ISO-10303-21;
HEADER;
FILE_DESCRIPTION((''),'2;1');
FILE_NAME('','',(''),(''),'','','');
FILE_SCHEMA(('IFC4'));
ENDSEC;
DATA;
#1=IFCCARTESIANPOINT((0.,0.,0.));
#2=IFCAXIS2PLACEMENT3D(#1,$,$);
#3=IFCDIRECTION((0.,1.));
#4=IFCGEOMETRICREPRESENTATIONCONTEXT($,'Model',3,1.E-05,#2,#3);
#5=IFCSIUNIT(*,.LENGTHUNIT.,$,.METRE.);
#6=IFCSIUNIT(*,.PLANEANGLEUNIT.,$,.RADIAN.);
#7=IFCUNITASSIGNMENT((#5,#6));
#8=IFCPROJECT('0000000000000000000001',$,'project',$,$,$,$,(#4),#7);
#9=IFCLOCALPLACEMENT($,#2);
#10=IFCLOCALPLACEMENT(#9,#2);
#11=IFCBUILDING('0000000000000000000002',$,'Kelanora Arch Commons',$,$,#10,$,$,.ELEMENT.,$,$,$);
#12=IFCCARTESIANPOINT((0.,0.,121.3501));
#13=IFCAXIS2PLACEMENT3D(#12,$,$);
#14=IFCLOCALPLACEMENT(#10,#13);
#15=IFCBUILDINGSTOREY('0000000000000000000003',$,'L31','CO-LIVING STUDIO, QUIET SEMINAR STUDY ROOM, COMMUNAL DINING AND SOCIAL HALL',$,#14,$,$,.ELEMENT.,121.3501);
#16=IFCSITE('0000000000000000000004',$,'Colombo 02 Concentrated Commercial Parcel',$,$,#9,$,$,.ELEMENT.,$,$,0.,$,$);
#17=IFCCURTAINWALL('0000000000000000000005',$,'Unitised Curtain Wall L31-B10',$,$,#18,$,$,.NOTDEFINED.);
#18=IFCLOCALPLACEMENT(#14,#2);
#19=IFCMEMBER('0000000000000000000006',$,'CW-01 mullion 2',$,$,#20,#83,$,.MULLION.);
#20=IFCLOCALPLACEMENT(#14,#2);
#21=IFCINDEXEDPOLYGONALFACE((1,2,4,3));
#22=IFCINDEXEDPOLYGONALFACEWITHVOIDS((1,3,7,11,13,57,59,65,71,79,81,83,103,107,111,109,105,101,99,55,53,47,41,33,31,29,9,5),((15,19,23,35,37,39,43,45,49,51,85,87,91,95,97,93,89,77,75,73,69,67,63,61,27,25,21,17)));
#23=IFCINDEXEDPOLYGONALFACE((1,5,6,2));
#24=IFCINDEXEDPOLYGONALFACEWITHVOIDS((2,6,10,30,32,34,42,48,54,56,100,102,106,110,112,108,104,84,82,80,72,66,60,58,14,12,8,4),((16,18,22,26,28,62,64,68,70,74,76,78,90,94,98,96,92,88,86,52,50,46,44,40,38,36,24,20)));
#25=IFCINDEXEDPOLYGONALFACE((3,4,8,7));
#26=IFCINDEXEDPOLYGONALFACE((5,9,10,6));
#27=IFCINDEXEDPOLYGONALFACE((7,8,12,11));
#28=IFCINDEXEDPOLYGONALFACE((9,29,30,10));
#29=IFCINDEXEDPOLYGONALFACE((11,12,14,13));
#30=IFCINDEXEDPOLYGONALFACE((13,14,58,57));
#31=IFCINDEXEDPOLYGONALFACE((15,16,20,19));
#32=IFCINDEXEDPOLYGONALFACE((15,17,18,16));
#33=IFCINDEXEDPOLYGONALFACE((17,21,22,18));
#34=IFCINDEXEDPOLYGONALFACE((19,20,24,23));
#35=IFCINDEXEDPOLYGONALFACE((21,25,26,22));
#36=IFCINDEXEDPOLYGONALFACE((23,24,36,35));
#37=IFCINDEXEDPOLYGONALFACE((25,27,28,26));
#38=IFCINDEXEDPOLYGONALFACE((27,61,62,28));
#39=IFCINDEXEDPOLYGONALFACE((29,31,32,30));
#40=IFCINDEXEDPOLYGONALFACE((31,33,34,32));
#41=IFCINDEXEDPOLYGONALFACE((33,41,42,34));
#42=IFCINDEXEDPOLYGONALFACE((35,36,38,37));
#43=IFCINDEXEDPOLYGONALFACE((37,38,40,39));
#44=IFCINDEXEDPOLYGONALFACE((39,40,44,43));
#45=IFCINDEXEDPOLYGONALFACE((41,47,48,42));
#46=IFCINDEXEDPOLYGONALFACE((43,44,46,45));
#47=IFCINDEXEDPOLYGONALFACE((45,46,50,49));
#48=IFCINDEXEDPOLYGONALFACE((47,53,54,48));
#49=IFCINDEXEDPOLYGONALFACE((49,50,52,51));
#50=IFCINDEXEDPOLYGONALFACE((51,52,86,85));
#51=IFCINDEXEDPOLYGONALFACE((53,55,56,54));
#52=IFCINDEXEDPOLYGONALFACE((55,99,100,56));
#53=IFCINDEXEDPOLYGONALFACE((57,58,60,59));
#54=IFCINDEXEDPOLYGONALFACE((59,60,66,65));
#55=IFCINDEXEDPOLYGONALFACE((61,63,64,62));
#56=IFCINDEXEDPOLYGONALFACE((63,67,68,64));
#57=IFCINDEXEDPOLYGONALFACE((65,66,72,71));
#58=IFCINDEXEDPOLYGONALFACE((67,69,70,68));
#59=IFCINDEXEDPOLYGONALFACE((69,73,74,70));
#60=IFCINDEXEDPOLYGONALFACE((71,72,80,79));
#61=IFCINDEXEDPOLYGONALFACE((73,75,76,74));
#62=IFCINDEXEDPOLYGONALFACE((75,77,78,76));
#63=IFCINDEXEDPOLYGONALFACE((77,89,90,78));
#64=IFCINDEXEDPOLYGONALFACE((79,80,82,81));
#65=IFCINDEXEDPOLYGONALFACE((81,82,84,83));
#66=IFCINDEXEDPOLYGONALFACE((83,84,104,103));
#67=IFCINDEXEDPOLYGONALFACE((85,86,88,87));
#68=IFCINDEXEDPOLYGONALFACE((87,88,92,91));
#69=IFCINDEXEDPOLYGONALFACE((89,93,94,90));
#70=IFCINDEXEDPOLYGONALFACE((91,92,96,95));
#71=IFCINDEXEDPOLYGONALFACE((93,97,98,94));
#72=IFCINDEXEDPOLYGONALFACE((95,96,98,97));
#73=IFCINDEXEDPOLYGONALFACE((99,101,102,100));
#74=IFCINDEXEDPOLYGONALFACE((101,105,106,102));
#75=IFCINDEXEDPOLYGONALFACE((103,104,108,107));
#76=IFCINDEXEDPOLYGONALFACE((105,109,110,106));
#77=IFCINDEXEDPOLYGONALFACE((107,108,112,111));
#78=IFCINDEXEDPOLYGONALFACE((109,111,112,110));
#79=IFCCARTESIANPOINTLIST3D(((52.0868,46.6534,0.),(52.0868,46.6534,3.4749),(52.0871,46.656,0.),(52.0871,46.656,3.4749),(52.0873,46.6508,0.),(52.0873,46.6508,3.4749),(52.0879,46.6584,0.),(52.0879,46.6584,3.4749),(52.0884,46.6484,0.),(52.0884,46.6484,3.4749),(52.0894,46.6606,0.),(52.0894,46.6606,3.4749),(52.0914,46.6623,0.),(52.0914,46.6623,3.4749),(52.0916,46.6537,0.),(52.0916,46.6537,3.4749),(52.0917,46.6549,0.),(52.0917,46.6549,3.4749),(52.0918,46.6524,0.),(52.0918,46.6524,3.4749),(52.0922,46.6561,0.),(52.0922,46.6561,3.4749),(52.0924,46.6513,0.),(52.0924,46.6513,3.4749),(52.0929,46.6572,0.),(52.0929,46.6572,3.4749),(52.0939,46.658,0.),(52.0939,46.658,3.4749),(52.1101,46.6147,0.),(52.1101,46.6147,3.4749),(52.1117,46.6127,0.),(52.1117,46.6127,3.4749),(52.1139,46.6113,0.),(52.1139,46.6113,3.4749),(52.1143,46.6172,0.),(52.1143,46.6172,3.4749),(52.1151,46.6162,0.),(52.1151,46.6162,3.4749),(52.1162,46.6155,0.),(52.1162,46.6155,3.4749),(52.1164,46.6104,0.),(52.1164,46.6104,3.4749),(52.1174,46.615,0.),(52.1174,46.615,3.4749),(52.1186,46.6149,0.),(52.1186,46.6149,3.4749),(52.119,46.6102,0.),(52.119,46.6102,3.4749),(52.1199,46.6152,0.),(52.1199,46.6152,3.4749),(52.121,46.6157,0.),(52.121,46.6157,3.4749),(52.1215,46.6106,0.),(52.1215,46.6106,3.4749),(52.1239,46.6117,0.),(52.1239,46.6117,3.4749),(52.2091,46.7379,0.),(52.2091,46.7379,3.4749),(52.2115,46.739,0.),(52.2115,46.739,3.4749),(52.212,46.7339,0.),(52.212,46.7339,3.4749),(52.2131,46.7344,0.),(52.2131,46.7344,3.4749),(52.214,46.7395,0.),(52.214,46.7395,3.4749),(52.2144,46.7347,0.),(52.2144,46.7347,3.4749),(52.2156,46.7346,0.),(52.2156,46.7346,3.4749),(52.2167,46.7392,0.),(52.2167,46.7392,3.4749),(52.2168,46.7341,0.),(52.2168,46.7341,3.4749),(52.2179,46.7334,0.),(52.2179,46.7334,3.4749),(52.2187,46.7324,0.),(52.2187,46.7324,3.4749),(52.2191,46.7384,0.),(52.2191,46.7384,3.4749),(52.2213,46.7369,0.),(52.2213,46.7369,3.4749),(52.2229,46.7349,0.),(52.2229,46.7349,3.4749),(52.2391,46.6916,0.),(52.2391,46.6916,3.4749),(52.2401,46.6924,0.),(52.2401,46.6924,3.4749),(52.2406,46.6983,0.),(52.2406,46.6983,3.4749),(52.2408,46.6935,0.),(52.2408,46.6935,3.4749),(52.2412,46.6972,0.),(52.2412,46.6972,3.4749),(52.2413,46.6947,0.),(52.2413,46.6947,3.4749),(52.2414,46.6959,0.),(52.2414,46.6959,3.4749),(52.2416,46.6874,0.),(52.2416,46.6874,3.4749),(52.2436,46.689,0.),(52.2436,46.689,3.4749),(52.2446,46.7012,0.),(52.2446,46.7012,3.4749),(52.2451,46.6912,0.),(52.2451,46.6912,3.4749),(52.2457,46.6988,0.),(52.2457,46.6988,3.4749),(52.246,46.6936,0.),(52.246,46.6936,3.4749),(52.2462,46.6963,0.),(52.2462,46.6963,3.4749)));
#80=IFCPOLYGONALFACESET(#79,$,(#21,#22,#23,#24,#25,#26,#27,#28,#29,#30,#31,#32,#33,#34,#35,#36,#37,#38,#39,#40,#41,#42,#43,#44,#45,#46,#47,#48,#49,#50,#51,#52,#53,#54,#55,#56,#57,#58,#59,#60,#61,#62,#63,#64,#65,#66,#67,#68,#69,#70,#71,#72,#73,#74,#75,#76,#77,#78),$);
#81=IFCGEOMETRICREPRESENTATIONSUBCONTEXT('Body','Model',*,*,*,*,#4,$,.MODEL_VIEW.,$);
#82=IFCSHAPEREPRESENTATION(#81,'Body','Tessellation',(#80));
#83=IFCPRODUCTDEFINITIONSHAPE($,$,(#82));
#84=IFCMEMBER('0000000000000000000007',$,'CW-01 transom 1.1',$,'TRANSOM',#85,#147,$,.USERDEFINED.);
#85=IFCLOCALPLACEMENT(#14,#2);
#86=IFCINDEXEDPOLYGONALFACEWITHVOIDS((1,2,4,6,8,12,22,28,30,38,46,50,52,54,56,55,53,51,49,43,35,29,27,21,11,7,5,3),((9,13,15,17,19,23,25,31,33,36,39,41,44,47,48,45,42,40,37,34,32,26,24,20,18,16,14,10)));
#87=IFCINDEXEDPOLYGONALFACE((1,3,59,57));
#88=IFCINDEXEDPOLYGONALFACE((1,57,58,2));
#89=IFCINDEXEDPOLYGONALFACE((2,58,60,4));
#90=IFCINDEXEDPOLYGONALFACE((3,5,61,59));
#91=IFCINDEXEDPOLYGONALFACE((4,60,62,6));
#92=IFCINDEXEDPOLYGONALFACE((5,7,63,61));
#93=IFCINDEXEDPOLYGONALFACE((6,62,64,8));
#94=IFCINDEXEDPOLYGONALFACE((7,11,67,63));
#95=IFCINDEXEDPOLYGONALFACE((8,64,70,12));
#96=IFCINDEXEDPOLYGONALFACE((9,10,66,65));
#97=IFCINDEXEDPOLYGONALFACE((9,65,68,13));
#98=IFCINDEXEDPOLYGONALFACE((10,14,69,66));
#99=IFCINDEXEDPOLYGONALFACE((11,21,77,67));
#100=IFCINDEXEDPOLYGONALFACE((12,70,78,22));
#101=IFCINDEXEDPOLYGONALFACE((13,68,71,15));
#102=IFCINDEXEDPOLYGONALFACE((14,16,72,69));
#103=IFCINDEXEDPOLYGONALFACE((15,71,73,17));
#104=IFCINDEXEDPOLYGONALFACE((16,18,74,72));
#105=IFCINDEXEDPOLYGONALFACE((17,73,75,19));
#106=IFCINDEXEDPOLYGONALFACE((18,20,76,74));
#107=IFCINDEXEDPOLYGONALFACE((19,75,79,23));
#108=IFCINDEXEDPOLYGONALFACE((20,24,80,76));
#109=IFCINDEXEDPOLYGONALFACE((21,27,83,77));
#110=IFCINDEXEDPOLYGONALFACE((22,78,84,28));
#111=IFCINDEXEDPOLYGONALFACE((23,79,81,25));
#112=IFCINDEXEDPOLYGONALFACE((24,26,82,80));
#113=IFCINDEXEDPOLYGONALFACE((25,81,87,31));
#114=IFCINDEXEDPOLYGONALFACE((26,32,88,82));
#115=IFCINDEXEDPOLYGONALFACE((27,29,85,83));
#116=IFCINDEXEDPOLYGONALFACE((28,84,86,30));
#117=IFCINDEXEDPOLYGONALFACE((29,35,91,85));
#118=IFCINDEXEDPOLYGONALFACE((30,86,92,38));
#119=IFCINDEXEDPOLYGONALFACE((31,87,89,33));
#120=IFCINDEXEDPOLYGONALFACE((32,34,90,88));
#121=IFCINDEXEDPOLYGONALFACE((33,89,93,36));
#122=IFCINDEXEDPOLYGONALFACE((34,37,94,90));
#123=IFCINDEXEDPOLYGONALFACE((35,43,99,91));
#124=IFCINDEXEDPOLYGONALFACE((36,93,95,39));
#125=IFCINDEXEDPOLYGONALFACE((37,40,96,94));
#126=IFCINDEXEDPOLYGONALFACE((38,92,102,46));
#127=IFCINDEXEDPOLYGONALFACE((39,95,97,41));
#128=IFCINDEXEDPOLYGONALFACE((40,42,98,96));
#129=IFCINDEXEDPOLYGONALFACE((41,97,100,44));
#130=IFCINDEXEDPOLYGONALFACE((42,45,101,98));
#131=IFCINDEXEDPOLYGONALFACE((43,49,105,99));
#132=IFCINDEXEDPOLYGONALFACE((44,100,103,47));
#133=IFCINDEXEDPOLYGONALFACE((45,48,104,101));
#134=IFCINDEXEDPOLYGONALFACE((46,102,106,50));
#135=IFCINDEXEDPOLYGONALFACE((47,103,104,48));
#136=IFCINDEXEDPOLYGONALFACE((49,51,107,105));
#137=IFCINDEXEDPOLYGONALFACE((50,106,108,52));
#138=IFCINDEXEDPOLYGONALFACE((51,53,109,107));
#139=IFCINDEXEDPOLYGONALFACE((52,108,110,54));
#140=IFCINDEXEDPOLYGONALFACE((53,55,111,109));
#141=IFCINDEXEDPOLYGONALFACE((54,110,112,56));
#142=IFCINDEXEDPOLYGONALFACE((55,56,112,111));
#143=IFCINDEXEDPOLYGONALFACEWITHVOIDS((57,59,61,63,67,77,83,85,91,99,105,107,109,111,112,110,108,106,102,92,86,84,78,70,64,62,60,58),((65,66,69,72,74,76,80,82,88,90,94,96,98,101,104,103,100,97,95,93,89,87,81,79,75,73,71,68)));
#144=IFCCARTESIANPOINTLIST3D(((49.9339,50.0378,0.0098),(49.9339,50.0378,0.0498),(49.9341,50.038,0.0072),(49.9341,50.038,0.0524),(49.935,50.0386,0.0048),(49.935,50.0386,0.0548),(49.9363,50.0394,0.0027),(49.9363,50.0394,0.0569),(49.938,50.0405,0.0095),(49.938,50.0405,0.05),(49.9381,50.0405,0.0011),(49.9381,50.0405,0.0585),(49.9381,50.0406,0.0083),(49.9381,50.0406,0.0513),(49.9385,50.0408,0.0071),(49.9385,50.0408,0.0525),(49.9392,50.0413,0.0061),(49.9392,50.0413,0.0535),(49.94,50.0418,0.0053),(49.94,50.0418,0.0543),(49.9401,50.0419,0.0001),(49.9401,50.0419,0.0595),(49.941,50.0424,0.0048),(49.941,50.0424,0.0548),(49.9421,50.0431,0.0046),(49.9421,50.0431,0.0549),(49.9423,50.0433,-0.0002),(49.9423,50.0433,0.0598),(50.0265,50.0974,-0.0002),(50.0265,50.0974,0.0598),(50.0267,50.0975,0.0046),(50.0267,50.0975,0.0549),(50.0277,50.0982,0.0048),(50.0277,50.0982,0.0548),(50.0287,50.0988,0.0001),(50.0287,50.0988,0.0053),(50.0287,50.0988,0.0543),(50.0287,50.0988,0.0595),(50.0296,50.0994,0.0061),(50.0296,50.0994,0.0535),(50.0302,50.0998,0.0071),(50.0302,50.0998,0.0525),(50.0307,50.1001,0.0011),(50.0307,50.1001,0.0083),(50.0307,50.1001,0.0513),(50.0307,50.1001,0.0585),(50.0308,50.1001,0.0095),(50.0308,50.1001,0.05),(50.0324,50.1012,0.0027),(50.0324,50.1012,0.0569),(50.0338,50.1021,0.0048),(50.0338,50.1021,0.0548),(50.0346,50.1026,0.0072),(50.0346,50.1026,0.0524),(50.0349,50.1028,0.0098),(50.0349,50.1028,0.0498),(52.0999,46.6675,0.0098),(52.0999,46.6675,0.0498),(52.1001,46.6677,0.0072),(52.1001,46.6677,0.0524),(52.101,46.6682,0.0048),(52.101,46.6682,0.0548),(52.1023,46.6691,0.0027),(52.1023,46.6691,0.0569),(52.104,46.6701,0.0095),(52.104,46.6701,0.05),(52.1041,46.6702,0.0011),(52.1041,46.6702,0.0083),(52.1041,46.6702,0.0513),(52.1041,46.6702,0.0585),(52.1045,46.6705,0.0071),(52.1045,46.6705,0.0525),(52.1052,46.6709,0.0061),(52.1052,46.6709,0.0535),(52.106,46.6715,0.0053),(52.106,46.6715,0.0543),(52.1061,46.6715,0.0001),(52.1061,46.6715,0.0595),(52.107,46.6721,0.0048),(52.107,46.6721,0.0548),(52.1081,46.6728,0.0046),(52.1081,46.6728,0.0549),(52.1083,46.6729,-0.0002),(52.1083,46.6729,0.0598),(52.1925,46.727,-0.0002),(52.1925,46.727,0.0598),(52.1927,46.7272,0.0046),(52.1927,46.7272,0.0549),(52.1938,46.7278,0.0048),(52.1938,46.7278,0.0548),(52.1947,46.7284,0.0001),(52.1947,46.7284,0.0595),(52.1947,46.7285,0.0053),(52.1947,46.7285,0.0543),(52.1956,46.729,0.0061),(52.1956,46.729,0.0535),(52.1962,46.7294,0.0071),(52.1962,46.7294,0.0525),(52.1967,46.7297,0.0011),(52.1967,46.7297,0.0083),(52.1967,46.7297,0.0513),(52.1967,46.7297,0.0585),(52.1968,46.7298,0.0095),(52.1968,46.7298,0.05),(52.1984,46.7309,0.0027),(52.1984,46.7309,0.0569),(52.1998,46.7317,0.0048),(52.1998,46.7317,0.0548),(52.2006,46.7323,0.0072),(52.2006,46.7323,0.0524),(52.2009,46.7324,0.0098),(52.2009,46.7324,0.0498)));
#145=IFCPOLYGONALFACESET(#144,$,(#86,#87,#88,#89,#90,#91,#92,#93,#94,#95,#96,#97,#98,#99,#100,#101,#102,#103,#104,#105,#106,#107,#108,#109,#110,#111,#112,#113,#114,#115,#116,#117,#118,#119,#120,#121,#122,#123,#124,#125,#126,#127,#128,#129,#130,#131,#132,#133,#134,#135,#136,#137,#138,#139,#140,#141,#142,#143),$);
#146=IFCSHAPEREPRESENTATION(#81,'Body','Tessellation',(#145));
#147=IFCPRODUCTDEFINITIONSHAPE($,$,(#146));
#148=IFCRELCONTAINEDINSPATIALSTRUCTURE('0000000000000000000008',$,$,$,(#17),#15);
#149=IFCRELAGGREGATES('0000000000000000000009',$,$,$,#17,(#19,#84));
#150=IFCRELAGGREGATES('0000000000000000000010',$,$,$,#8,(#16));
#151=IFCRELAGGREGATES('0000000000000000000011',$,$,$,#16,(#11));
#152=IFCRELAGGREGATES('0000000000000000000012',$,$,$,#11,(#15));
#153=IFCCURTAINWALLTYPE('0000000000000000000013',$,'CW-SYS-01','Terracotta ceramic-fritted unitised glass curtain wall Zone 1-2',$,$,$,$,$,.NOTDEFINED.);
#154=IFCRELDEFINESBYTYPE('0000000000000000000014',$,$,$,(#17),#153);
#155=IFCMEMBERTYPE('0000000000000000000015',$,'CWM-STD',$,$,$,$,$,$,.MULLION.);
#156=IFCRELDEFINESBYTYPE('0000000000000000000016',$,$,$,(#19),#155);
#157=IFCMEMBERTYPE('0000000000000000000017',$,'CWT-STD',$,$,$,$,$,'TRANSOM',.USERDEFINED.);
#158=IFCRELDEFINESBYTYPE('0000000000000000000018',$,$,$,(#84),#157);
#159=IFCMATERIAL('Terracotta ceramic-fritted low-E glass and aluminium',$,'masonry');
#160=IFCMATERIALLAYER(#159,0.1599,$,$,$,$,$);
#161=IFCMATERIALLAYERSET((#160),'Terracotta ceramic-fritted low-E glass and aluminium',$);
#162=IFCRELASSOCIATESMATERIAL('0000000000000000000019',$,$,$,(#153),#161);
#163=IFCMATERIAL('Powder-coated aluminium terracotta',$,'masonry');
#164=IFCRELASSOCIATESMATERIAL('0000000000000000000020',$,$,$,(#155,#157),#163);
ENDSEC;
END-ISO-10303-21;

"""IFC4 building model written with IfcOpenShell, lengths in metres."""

from ifc_helpers import new_model, si_unit, direction, frame, origin, origin_2d, place, context, subcontext, project, spatial, hollow_rectangle, extrude, material, layer, layer_set, material_profile, profile_set, type_object, element, aggregate, save


model = new_model("IFC4")

# Units and contexts
model_context = context("Model", 3, precision=1e-05, world=origin(), true_north=direction((0.0, 1.0)))
body_context = subcontext(model_context, "Body", "Model", "MODEL_VIEW")
ifc_project = project(units=[si_unit("LENGTHUNIT", "METRE"), si_unit("PLANEANGLEUNIT", "RADIAN")], contexts=[model_context])

# Site, building, storey
site_placement = place(None, origin())
site = spatial("IfcSite", under=ifc_project, at=site_placement, Name="Colombo 02 Concentrated Commercial Parcel", CompositionType="ELEMENT", RefElevation=0.0)
building_placement = place(site_placement, origin())
building = spatial("IfcBuilding", under=site, at=building_placement, Name="Kelanora Arch Commons", CompositionType="ELEMENT")
storey_placement = place(building_placement, frame((0.0, 0.0, 121.3501)))
storey = spatial("IfcBuildingStorey", under=building, at=storey_placement, Name="L31", Description="CO-LIVING STUDIO, QUIET SEMINAR STUDY ROOM, COMMUNAL DINING AND SOCIAL HALL", CompositionType="ELEMENT", Elevation=121.3501)

# Curtain wall, members
ifc_material_1 = material(Name="Terracotta ceramic-fritted low-E glass and aluminium", Category="masonry")
ifc_layer_1 = layer(ifc_material_1, 0.1599)
ifc_layer_set_1 = layer_set([ifc_layer_1], Name="Terracotta ceramic-fritted low-E glass and aluminium")
curtain_wall_type = type_object("IfcCurtainWallType", Name="CW-SYS-01", Description="Terracotta ceramic-fritted unitised glass curtain wall Zone 1-2", PredefinedType="NOTDEFINED", material=ifc_layer_set_1)
curtain_wall_placement = place(storey_placement, origin())
curtain_wall = element("IfcCurtainWall", 1, at=curtain_wall_placement, inside=storey, type_object=curtain_wall_type, Name="Unitised Curtain Wall L31-B10", PredefinedType="NOTDEFINED")
ifc_material_2 = material(Name="Powder-coated aluminium terracotta", Category="masonry")
ifc_material_profile_1 = material_profile(ifc_material_2, hollow_rectangle(XDim=0.1599, YDim=0.0601, WallThickness=0.0049, InnerFilletRadius=0.0049, OuterFilletRadius=0.01, at=origin_2d()), Name="CWM160x60")
ifc_profile_set_1 = profile_set([ifc_material_profile_1], Name="Powder-coated aluminium terracotta")
member_type_1 = type_object("IfcMemberType", Name="CWM-STD", PredefinedType="MULLION", material=ifc_profile_set_1)
member_1_placement = place(storey_placement, frame((52.1665, 46.6748, 0.0), z_axis=(0.0, 0.0, 1.0), x_axis=(0.841269, 0.540617, 0.0)))
member_1 = element("IfcMember", 2, at=member_1_placement, type_object=member_type_1, Name="CW-01 mullion 2", PredefinedType="MULLION", context=body_context, shape_type="SweptSolid", body=[
    extrude(hollow_rectangle(XDim=0.1599, YDim=0.0601, WallThickness=0.0049, InnerFilletRadius=0.0049, OuterFilletRadius=0.01, at=origin_2d()), origin(), (0.0, 0.0, 1.0), 3.4749),
])
ifc_material_profile_2 = material_profile(ifc_material_2, hollow_rectangle(XDim=0.1201, YDim=0.0601, WallThickness=0.0049, InnerFilletRadius=0.0049, OuterFilletRadius=0.01, at=origin_2d()), Name="CWT120x60")
ifc_profile_set_2 = profile_set([ifc_material_profile_2], Name="Powder-coated aluminium terracotta")
member_type_2 = type_object("IfcMemberType", Name="CWT-STD", ElementType="TRANSOM", PredefinedType="USERDEFINED", material=ifc_profile_set_2)
member_2_placement = place(storey_placement, frame((49.9844, 50.0703, 0.0298), z_axis=(0.540644, -0.841252, 0.0), x_axis=(0.841252, 0.540644, 0.0)))
member_2 = element("IfcMember", 3, at=member_2_placement, type_object=member_type_2, Name="CW-01 transom 1.1", ObjectType="TRANSOM", PredefinedType="USERDEFINED", context=body_context, shape_type="SweptSolid", body=[
    extrude(hollow_rectangle(XDim=0.1201, YDim=0.0601, WallThickness=0.0049, InnerFilletRadius=0.0049, OuterFilletRadius=0.01, at=origin_2d()), origin(), (0.0, 0.0, 1.0), 4.0063),
])

aggregate(curtain_wall, [member_1, member_2])

save(model, "model.ifc")
